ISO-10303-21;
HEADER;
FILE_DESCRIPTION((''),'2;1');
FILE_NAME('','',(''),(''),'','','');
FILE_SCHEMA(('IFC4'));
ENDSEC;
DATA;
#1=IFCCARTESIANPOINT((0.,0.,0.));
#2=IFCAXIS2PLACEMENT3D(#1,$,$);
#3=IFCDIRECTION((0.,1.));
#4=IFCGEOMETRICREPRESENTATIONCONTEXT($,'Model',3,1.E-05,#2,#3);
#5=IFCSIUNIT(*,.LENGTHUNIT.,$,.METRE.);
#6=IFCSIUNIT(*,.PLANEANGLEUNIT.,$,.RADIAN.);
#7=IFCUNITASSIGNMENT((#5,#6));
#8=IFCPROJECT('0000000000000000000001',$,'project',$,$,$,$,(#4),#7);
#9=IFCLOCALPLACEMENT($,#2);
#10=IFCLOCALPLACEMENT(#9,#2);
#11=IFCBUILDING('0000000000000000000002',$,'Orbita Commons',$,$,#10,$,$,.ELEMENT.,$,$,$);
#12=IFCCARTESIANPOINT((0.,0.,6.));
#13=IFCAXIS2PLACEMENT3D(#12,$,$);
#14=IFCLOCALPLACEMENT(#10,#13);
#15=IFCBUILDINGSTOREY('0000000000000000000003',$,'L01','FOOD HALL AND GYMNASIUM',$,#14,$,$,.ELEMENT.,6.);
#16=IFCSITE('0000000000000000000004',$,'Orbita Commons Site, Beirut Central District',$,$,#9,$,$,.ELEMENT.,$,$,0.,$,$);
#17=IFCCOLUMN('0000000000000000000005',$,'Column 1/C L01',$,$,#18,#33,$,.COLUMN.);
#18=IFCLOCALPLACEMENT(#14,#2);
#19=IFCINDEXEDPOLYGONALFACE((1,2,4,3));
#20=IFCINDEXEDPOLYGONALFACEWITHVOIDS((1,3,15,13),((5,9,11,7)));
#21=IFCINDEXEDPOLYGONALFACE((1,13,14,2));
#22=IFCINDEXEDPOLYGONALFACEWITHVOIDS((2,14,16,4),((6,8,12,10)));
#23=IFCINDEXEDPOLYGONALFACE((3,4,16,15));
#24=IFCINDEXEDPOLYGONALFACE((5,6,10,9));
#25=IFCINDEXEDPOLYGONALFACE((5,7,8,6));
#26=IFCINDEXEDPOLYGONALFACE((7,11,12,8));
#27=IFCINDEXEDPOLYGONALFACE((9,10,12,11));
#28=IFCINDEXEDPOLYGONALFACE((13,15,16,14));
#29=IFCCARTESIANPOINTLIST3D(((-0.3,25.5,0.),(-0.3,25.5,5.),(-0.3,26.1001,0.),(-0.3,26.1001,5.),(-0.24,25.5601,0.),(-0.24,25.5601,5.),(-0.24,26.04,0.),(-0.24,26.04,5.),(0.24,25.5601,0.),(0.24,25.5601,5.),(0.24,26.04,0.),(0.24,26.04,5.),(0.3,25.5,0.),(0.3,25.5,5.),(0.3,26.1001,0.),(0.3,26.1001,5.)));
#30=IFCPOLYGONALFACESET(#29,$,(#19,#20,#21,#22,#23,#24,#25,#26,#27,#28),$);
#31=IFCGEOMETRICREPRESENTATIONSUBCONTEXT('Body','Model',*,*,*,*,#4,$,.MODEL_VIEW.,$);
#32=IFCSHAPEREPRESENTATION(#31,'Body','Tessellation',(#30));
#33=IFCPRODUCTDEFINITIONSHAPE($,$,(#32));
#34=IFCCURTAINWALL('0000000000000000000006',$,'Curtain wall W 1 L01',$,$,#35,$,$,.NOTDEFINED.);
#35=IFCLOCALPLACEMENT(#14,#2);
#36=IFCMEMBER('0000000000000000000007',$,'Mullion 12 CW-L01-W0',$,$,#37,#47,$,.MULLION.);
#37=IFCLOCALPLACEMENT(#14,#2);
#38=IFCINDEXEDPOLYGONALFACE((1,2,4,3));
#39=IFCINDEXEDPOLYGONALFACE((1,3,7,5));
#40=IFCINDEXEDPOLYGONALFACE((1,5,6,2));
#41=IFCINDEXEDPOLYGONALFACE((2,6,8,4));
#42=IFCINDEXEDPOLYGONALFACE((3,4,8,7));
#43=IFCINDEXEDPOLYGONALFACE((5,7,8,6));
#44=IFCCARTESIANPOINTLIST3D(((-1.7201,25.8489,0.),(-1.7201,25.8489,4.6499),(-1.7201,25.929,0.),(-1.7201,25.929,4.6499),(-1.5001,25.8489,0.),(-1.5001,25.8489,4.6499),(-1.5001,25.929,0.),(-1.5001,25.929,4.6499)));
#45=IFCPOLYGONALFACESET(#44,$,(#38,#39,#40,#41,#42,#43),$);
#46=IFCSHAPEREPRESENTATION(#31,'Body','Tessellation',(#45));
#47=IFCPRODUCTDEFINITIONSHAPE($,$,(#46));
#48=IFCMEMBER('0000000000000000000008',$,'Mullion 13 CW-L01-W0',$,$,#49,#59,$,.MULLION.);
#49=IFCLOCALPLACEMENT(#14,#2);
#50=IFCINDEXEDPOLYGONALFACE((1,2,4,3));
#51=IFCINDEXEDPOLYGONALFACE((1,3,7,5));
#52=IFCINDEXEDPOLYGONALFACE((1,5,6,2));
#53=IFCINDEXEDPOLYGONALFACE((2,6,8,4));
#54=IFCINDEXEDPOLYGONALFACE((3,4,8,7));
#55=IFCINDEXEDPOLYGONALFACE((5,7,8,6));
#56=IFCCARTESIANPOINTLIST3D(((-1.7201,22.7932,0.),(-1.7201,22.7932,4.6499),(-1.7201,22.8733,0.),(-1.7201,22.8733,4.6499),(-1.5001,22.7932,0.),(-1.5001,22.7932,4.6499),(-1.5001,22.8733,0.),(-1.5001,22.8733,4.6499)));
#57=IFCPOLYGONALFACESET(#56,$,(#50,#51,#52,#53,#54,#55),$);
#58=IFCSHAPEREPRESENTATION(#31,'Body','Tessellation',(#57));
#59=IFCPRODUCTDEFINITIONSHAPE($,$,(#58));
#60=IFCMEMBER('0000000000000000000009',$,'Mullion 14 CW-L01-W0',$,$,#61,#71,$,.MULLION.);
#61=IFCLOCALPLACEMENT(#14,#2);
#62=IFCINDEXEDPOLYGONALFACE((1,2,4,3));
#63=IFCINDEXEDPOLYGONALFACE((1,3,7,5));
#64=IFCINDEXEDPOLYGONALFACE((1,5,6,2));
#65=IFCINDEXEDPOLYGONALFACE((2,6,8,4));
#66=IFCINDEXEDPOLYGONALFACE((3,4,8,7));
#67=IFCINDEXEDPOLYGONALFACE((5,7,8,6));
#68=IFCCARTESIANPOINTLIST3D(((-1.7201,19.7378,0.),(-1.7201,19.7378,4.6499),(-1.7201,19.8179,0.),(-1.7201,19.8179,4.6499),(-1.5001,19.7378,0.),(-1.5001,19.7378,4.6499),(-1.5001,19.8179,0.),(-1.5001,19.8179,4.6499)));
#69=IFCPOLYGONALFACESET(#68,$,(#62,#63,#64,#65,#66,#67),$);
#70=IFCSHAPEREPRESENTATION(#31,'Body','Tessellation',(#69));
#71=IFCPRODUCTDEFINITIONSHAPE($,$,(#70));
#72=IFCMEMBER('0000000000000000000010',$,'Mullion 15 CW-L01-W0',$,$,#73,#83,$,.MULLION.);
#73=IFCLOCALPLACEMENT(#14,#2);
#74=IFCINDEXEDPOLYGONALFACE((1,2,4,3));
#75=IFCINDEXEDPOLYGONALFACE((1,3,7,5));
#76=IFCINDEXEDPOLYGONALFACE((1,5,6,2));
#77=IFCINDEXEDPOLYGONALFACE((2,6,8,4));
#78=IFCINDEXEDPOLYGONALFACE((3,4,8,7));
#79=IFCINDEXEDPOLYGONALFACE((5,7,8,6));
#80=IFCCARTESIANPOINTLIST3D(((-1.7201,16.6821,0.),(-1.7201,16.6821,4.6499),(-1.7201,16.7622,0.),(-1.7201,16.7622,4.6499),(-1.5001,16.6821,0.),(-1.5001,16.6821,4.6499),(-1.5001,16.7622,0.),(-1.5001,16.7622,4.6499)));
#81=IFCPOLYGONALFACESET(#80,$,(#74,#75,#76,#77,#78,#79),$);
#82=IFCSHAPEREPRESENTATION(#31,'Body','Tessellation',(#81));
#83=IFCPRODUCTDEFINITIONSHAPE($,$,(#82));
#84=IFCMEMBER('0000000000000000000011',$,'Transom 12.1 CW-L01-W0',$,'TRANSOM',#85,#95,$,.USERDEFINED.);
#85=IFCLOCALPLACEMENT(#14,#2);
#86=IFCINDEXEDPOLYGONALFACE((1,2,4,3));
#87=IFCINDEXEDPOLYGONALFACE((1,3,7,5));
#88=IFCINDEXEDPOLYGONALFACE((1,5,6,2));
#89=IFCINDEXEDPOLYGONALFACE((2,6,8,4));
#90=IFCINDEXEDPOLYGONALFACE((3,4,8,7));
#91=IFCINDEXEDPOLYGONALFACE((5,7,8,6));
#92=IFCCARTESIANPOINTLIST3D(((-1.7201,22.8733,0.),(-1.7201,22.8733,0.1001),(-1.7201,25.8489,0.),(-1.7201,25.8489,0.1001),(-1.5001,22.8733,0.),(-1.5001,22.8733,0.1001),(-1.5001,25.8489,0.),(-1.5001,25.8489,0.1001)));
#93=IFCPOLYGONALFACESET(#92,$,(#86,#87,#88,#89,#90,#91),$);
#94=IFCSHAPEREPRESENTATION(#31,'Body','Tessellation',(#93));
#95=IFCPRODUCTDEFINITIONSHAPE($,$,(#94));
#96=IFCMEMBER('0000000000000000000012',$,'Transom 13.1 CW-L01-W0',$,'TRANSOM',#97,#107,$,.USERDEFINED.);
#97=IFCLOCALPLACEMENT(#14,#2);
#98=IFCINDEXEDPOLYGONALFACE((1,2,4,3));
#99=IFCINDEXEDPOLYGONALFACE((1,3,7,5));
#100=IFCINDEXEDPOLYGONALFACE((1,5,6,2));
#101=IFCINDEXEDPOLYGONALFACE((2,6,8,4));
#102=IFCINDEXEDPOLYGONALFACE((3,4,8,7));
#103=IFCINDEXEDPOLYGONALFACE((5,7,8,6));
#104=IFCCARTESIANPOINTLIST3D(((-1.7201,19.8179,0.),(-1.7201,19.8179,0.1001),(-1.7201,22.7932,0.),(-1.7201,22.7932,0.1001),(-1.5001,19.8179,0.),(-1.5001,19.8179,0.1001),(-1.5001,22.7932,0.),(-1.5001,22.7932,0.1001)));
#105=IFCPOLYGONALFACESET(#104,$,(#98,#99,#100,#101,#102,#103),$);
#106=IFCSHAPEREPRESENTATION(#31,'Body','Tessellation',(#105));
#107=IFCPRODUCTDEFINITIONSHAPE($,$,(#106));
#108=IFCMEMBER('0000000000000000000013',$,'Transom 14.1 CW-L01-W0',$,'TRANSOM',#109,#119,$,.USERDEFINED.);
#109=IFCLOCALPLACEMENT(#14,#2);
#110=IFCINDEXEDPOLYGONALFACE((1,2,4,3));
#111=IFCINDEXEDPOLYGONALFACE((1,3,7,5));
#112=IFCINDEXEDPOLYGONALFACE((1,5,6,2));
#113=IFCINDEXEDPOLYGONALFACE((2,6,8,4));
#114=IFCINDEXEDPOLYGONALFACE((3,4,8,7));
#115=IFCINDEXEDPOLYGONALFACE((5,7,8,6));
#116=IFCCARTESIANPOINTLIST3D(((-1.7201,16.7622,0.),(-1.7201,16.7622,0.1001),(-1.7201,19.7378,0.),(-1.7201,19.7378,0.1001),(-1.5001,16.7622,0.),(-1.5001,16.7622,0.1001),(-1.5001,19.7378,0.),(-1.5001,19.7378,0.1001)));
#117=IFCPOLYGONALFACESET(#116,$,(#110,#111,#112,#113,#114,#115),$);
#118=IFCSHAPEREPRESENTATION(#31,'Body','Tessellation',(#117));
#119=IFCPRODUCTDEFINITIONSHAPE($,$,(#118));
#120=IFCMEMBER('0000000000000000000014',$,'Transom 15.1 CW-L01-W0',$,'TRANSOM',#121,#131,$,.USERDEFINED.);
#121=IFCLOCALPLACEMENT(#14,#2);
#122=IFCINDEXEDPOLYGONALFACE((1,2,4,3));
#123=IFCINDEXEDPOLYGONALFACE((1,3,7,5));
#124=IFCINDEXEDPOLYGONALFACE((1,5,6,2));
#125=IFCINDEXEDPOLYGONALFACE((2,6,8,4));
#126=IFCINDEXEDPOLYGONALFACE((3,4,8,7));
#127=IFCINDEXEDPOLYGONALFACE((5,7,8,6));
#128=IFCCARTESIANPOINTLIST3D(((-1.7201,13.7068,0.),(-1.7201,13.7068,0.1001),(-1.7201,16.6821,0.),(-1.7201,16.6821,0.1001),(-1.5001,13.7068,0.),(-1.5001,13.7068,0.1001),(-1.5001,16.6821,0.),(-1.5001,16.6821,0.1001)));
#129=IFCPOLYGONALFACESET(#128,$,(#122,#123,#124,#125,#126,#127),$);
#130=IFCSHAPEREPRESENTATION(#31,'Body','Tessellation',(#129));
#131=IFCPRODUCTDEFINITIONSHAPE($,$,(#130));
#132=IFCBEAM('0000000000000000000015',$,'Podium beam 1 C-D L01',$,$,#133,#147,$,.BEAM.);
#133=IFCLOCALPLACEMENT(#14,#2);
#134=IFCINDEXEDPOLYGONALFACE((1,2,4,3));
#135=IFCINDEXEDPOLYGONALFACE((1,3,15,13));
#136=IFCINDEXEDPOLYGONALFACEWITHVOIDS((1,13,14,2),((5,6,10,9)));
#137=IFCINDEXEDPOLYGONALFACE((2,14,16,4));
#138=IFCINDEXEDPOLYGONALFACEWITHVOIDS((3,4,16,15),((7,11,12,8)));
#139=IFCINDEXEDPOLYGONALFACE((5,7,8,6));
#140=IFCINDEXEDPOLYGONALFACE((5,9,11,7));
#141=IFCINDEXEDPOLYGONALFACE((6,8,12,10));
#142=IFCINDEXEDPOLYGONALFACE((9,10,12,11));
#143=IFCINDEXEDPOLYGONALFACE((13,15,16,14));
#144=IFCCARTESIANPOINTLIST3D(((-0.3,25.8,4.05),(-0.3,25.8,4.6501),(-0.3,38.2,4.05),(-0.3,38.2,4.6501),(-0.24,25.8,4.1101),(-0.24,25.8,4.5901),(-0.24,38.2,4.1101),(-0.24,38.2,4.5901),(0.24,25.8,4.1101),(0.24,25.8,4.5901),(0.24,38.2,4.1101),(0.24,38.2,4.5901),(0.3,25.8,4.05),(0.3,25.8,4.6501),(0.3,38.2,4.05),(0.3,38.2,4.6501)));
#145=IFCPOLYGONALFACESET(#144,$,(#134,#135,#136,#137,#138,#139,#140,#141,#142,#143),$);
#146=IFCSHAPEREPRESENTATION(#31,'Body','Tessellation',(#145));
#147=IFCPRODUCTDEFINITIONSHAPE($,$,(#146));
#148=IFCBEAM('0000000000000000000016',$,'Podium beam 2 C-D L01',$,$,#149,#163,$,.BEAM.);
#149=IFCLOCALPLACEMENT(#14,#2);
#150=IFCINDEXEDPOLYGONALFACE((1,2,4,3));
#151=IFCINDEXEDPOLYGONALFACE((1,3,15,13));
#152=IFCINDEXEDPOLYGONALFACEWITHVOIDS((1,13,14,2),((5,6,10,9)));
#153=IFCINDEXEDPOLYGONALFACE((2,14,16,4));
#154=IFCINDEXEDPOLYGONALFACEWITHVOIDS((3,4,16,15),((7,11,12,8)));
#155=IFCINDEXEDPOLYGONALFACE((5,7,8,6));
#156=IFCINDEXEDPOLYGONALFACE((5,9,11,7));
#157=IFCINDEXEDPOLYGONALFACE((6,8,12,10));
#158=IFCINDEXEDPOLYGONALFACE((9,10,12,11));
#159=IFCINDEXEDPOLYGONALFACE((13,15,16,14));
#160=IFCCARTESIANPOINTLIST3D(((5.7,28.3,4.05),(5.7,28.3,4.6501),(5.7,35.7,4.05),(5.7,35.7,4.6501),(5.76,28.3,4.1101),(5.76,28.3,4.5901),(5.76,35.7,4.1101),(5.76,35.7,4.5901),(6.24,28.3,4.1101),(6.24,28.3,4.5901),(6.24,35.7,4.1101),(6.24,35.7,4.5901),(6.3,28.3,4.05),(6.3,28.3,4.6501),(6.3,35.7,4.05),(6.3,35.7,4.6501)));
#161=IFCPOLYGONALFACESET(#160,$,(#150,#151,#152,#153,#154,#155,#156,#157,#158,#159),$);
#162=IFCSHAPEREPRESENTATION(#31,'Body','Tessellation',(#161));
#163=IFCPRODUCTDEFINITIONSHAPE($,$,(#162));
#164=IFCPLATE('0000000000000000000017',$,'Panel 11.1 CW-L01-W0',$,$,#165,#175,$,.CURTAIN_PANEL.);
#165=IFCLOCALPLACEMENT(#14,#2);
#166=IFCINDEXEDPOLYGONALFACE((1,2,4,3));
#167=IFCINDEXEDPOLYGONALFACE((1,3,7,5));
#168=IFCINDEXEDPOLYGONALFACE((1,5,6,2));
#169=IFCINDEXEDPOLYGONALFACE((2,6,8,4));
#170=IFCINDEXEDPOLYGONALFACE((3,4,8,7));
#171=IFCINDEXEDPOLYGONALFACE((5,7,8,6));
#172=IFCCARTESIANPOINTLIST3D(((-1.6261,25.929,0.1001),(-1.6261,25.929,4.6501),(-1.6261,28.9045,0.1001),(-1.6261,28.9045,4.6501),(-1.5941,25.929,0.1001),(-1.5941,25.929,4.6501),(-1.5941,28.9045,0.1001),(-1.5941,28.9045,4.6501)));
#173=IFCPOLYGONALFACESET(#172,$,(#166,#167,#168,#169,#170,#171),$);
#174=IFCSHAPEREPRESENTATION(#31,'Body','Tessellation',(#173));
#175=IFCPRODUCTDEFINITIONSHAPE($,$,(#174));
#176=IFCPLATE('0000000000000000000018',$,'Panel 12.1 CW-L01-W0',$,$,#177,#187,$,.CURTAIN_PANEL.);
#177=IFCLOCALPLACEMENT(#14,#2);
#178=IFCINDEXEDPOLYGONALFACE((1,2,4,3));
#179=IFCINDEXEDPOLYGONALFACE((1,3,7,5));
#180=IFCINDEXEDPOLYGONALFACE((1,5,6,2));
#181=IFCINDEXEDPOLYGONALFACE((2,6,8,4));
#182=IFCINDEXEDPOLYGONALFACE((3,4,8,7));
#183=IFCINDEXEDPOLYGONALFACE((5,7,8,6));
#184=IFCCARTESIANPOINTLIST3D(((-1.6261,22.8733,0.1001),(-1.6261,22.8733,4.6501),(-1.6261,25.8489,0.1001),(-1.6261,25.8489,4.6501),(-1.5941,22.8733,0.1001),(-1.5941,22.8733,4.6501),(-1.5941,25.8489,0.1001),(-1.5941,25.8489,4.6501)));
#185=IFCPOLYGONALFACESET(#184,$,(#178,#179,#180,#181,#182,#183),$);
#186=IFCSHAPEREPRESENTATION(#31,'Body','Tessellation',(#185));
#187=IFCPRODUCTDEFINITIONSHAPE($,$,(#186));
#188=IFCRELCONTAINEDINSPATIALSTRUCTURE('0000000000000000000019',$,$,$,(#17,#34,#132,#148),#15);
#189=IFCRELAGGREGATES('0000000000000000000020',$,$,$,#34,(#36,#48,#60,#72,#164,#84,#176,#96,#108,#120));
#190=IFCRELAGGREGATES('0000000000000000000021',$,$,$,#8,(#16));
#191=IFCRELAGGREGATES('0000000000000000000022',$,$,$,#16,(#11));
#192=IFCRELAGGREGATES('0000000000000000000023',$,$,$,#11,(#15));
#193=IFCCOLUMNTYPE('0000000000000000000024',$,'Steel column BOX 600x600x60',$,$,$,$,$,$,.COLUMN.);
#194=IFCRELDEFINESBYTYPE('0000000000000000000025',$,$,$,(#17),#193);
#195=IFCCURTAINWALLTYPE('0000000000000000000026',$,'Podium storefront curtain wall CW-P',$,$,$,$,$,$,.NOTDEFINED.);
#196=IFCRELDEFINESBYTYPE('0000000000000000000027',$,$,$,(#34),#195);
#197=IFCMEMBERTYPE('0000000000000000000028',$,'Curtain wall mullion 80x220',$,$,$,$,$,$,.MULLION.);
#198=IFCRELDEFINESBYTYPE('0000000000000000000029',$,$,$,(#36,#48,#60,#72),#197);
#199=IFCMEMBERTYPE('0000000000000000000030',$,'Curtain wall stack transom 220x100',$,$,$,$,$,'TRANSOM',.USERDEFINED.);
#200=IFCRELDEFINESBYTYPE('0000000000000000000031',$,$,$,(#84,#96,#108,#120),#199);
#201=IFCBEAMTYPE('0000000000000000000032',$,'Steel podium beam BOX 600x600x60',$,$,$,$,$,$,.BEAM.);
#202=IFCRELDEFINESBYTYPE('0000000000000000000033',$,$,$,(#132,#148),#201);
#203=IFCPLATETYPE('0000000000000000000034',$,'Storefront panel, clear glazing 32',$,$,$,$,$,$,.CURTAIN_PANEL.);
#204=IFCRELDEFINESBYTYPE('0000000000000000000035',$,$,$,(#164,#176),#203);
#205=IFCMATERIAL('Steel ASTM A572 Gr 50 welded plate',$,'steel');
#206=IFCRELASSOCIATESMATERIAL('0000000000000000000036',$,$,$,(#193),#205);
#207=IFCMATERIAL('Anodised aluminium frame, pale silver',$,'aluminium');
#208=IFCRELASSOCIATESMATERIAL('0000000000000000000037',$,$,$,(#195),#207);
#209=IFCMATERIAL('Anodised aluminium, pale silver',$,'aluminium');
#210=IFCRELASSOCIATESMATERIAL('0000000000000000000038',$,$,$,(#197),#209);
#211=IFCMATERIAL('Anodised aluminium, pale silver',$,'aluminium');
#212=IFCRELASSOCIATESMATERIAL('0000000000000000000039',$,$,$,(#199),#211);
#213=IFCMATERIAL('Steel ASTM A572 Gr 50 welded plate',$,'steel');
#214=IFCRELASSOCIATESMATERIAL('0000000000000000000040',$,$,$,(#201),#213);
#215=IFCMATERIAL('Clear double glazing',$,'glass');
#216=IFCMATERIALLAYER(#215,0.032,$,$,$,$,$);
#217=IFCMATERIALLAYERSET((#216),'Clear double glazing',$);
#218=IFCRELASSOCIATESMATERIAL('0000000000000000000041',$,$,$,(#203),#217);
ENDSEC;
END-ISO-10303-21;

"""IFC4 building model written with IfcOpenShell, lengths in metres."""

from ifc_helpers import new_model, si_unit, direction, frame, origin, origin_2d, place, context, subcontext, project, spatial, rectangle, hollow_rectangle, extrude, material, layer, layer_set, material_profile, profile_set, type_object, element, aggregate, save


model = new_model("IFC4")

# Units and contexts
model_context = context("Model", 3, precision=1e-05, world=origin(), true_north=direction((0.0, 1.0)))
body_context = subcontext(model_context, "Body", "Model", "MODEL_VIEW")
ifc_project = project(units=[si_unit("LENGTHUNIT", "METRE"), si_unit("PLANEANGLEUNIT", "RADIAN")], contexts=[model_context])

# Site, building, storey
site_placement = place(None, origin())
site = spatial("IfcSite", under=ifc_project, at=site_placement, Name="Orbita Commons Site, Beirut Central District", CompositionType="ELEMENT", RefElevation=0.0)
building_placement = place(site_placement, origin())
building = spatial("IfcBuilding", under=site, at=building_placement, Name="Orbita Commons", CompositionType="ELEMENT")
storey_placement = place(building_placement, frame((0.0, 0.0, 6.0)))
storey = spatial("IfcBuildingStorey", under=building, at=storey_placement, Name="L01", Description="FOOD HALL AND GYMNASIUM", CompositionType="ELEMENT", Elevation=6.0)

# Column
ifc_material_1 = material(Name="Steel ASTM A572 Gr 50 welded plate", Category="steel")
ifc_material_profile_1 = material_profile(ifc_material_1, hollow_rectangle(XDim=0.6001, YDim=0.6001, WallThickness=0.0601, at=origin_2d()), Name="BOX 600x600x60")
ifc_profile_set_1 = profile_set([ifc_material_profile_1], Name="Steel ASTM A572 Gr 50 welded plate")
column_type = type_object("IfcColumnType", Name="Steel column BOX 600x600x60", PredefinedType="COLUMN", material=ifc_profile_set_1)
column_placement = place(storey_placement, frame((0.0, 25.8, 0.0), z_axis=(0.0, 0.0, 1.0), x_axis=(1.0, 0.0, 0.0)))
element("IfcColumn", 1, at=column_placement, inside=storey, type_object=column_type, Name="Column 1/C L01", PredefinedType="COLUMN", context=body_context, shape_type="SweptSolid", body=[
    extrude(hollow_rectangle(XDim=0.6001, YDim=0.6001, WallThickness=0.0601, at=origin_2d()), origin(), (0.0, 0.0, 1.0), 5.0),
])

# Curtain wall, members
ifc_material_2 = material(Name="Anodised aluminium frame, pale silver", Category="aluminium")
curtain_wall_type = type_object("IfcCurtainWallType", Name="Podium storefront curtain wall CW-P", PredefinedType="NOTDEFINED", material=ifc_material_2)
curtain_wall_placement = place(storey_placement, origin())
curtain_wall = element("IfcCurtainWall", 2, at=curtain_wall_placement, inside=storey, type_object=curtain_wall_type, Name="Curtain wall W 1 L01", PredefinedType="NOTDEFINED")
ifc_material_3 = material(Name="Anodised aluminium, pale silver", Category="aluminium")
ifc_material_profile_2 = material_profile(ifc_material_3, rectangle(XDim=0.0801, YDim=0.22, at=origin_2d()), Name="AL 80x220")
ifc_profile_set_2 = profile_set([ifc_material_profile_2], Name="Anodised aluminium, pale silver")
member_type_1 = type_object("IfcMemberType", Name="Curtain wall mullion 80x220", PredefinedType="MULLION", material=ifc_profile_set_2)
member_1_placement = place(storey_placement, frame((-1.6101, 25.8889, 0.0), z_axis=(0.0, 0.0, 1.0), x_axis=(0.0, -1.0, 0.0)))
member_1 = element("IfcMember", 3, at=member_1_placement, type_object=member_type_1, Name="Mullion 12 CW-L01-W0", PredefinedType="MULLION", context=body_context, shape_type="SweptSolid", body=[
    extrude(rectangle(XDim=0.0801, YDim=0.22, at=origin_2d()), origin(), (0.0, 0.0, 1.0), 4.6499),
])
member_2_placement = place(storey_placement, frame((-1.6101, 22.8333, 0.0), z_axis=(0.0, 0.0, 1.0), x_axis=(0.0, -1.0, 0.0)))
member_2 = element("IfcMember", 4, at=member_2_placement, type_object=member_type_1, Name="Mullion 13 CW-L01-W0", PredefinedType="MULLION", context=body_context, shape_type="SweptSolid", body=[
    extrude(rectangle(XDim=0.0801, YDim=0.22, at=origin_2d()), origin(), (0.0, 0.0, 1.0), 4.6499),
])
member_3_placement = place(storey_placement, frame((-1.6101, 19.7778, 0.0), z_axis=(0.0, 0.0, 1.0), x_axis=(0.0, -1.0, 0.0)))
member_3 = element("IfcMember", 5, at=member_3_placement, type_object=member_type_1, Name="Mullion 14 CW-L01-W0", PredefinedType="MULLION", context=body_context, shape_type="SweptSolid", body=[
    extrude(rectangle(XDim=0.0801, YDim=0.22, at=origin_2d()), origin(), (0.0, 0.0, 1.0), 4.6499),
])
member_4_placement = place(storey_placement, frame((-1.6101, 16.7222, 0.0), z_axis=(0.0, 0.0, 1.0), x_axis=(0.0, -1.0, 0.0)))
member_4 = element("IfcMember", 6, at=member_4_placement, type_object=member_type_1, Name="Mullion 15 CW-L01-W0", PredefinedType="MULLION", context=body_context, shape_type="SweptSolid", body=[
    extrude(rectangle(XDim=0.0801, YDim=0.22, at=origin_2d()), origin(), (0.0, 0.0, 1.0), 4.6499),
])
ifc_material_4 = material(Name="Anodised aluminium, pale silver", Category="aluminium")
ifc_material_profile_3 = material_profile(ifc_material_4, rectangle(XDim=0.22, YDim=0.1001, at=origin_2d()), Name="AL 220x100")
ifc_profile_set_3 = profile_set([ifc_material_profile_3], Name="Anodised aluminium, pale silver")
member_type_2 = type_object("IfcMemberType", Name="Curtain wall stack transom 220x100", ElementType="TRANSOM", PredefinedType="USERDEFINED", material=ifc_profile_set_3)
member_5_placement = place(storey_placement, frame((-1.6101, 25.8489, 0.05), z_axis=(0.0, -1.0, 0.0), x_axis=(1.0, 0.0, 0.0)))
member_5 = element("IfcMember", 7, at=member_5_placement, type_object=member_type_2, Name="Transom 12.1 CW-L01-W0", ObjectType="TRANSOM", PredefinedType="USERDEFINED", context=body_context, shape_type="SweptSolid", body=[
    extrude(rectangle(XDim=0.22, YDim=0.1001, at=origin_2d()), origin(), (0.0, 0.0, 1.0), 2.9756),
])
member_6_placement = place(storey_placement, frame((-1.6101, 22.7932, 0.05), z_axis=(0.0, -1.0, 0.0), x_axis=(1.0, 0.0, 0.0)))
member_6 = element("IfcMember", 8, at=member_6_placement, type_object=member_type_2, Name="Transom 13.1 CW-L01-W0", ObjectType="TRANSOM", PredefinedType="USERDEFINED", context=body_context, shape_type="SweptSolid", body=[
    extrude(rectangle(XDim=0.22, YDim=0.1001, at=origin_2d()), origin(), (0.0, 0.0, 1.0), 2.9753),
])
member_7_placement = place(storey_placement, frame((-1.6101, 19.7378, 0.05), z_axis=(0.0, -1.0, 0.0), x_axis=(1.0, 0.0, 0.0)))
member_7 = element("IfcMember", 9, at=member_7_placement, type_object=member_type_2, Name="Transom 14.1 CW-L01-W0", ObjectType="TRANSOM", PredefinedType="USERDEFINED", context=body_context, shape_type="SweptSolid", body=[
    extrude(rectangle(XDim=0.22, YDim=0.1001, at=origin_2d()), origin(), (0.0, 0.0, 1.0), 2.9756),
])
member_8_placement = place(storey_placement, frame((-1.6101, 16.6821, 0.05), z_axis=(0.0, -1.0, 0.0), x_axis=(1.0, 0.0, 0.0)))
member_8 = element("IfcMember", 10, at=member_8_placement, type_object=member_type_2, Name="Transom 15.1 CW-L01-W0", ObjectType="TRANSOM", PredefinedType="USERDEFINED", context=body_context, shape_type="SweptSolid", body=[
    extrude(rectangle(XDim=0.22, YDim=0.1001, at=origin_2d()), origin(), (0.0, 0.0, 1.0), 2.9753),
])

# Beams
ifc_material_5 = material(Name="Steel ASTM A572 Gr 50 welded plate", Category="steel")
ifc_material_profile_4 = material_profile(ifc_material_5, hollow_rectangle(XDim=0.6001, YDim=0.6001, WallThickness=0.0601, at=origin_2d()), Name="BOX 600x600x60")
ifc_profile_set_4 = profile_set([ifc_material_profile_4], Name="Steel ASTM A572 Gr 50 welded plate")
beam_type = type_object("IfcBeamType", Name="Steel podium beam BOX 600x600x60", PredefinedType="BEAM", material=ifc_profile_set_4)
beam_1_placement = place(storey_placement, frame((0.0, 25.8, 4.3501), z_axis=(0.0, 1.0, 0.0), x_axis=(-1.0, 0.0, 0.0)))
element("IfcBeam", 11, at=beam_1_placement, inside=storey, type_object=beam_type, Name="Podium beam 1 C-D L01", PredefinedType="BEAM", context=body_context, shape_type="SweptSolid", body=[
    extrude(hollow_rectangle(XDim=0.6001, YDim=0.6001, WallThickness=0.0601, at=origin_2d()), origin(), (0.0, 0.0, 1.0), 12.3999),
])
beam_2_placement = place(storey_placement, frame((6.0, 28.3, 4.3501), z_axis=(0.0, 1.0, 0.0), x_axis=(-1.0, 0.0, 0.0)))
element("IfcBeam", 12, at=beam_2_placement, inside=storey, type_object=beam_type, Name="Podium beam 2 C-D L01", PredefinedType="BEAM", context=body_context, shape_type="SweptSolid", body=[
    extrude(hollow_rectangle(XDim=0.6001, YDim=0.6001, WallThickness=0.0601, at=origin_2d()), origin(), (0.0, 0.0, 1.0), 7.3999),
])

# Plates
ifc_material_6 = material(Name="Clear double glazing", Category="glass")
ifc_layer_1 = layer(ifc_material_6, 0.032)
ifc_layer_set_1 = layer_set([ifc_layer_1], Name="Clear double glazing")
plate_type = type_object("IfcPlateType", Name="Storefront panel, clear glazing 32", PredefinedType="CURTAIN_PANEL", material=ifc_layer_set_1)
plate_1_placement = place(storey_placement, frame((-1.6101, 27.4167, 0.1001), z_axis=(0.0, 0.0, 1.0), x_axis=(0.0, -1.0, 0.0)))
plate_1 = element("IfcPlate", 13, at=plate_1_placement, type_object=plate_type, Name="Panel 11.1 CW-L01-W0", PredefinedType="CURTAIN_PANEL", context=body_context, shape_type="SweptSolid", body=[
    extrude(rectangle(XDim=2.9756, YDim=0.032, at=origin_2d()), origin(), (0.0, 0.0, 1.0), 4.55),
])
plate_2_placement = place(storey_placement, frame((-1.6101, 24.3611, 0.1001), z_axis=(0.0, 0.0, 1.0), x_axis=(0.0, -1.0, 0.0)))
plate_2 = element("IfcPlate", 14, at=plate_2_placement, type_object=plate_type, Name="Panel 12.1 CW-L01-W0", PredefinedType="CURTAIN_PANEL", context=body_context, shape_type="SweptSolid", body=[
    extrude(rectangle(XDim=2.9756, YDim=0.032, at=origin_2d()), origin(), (0.0, 0.0, 1.0), 4.55),
])
aggregate(curtain_wall, [member_1, member_2, member_3, member_4, plate_1, member_5, plate_2, member_6, member_7, member_8])

save(model, "model.ifc")
